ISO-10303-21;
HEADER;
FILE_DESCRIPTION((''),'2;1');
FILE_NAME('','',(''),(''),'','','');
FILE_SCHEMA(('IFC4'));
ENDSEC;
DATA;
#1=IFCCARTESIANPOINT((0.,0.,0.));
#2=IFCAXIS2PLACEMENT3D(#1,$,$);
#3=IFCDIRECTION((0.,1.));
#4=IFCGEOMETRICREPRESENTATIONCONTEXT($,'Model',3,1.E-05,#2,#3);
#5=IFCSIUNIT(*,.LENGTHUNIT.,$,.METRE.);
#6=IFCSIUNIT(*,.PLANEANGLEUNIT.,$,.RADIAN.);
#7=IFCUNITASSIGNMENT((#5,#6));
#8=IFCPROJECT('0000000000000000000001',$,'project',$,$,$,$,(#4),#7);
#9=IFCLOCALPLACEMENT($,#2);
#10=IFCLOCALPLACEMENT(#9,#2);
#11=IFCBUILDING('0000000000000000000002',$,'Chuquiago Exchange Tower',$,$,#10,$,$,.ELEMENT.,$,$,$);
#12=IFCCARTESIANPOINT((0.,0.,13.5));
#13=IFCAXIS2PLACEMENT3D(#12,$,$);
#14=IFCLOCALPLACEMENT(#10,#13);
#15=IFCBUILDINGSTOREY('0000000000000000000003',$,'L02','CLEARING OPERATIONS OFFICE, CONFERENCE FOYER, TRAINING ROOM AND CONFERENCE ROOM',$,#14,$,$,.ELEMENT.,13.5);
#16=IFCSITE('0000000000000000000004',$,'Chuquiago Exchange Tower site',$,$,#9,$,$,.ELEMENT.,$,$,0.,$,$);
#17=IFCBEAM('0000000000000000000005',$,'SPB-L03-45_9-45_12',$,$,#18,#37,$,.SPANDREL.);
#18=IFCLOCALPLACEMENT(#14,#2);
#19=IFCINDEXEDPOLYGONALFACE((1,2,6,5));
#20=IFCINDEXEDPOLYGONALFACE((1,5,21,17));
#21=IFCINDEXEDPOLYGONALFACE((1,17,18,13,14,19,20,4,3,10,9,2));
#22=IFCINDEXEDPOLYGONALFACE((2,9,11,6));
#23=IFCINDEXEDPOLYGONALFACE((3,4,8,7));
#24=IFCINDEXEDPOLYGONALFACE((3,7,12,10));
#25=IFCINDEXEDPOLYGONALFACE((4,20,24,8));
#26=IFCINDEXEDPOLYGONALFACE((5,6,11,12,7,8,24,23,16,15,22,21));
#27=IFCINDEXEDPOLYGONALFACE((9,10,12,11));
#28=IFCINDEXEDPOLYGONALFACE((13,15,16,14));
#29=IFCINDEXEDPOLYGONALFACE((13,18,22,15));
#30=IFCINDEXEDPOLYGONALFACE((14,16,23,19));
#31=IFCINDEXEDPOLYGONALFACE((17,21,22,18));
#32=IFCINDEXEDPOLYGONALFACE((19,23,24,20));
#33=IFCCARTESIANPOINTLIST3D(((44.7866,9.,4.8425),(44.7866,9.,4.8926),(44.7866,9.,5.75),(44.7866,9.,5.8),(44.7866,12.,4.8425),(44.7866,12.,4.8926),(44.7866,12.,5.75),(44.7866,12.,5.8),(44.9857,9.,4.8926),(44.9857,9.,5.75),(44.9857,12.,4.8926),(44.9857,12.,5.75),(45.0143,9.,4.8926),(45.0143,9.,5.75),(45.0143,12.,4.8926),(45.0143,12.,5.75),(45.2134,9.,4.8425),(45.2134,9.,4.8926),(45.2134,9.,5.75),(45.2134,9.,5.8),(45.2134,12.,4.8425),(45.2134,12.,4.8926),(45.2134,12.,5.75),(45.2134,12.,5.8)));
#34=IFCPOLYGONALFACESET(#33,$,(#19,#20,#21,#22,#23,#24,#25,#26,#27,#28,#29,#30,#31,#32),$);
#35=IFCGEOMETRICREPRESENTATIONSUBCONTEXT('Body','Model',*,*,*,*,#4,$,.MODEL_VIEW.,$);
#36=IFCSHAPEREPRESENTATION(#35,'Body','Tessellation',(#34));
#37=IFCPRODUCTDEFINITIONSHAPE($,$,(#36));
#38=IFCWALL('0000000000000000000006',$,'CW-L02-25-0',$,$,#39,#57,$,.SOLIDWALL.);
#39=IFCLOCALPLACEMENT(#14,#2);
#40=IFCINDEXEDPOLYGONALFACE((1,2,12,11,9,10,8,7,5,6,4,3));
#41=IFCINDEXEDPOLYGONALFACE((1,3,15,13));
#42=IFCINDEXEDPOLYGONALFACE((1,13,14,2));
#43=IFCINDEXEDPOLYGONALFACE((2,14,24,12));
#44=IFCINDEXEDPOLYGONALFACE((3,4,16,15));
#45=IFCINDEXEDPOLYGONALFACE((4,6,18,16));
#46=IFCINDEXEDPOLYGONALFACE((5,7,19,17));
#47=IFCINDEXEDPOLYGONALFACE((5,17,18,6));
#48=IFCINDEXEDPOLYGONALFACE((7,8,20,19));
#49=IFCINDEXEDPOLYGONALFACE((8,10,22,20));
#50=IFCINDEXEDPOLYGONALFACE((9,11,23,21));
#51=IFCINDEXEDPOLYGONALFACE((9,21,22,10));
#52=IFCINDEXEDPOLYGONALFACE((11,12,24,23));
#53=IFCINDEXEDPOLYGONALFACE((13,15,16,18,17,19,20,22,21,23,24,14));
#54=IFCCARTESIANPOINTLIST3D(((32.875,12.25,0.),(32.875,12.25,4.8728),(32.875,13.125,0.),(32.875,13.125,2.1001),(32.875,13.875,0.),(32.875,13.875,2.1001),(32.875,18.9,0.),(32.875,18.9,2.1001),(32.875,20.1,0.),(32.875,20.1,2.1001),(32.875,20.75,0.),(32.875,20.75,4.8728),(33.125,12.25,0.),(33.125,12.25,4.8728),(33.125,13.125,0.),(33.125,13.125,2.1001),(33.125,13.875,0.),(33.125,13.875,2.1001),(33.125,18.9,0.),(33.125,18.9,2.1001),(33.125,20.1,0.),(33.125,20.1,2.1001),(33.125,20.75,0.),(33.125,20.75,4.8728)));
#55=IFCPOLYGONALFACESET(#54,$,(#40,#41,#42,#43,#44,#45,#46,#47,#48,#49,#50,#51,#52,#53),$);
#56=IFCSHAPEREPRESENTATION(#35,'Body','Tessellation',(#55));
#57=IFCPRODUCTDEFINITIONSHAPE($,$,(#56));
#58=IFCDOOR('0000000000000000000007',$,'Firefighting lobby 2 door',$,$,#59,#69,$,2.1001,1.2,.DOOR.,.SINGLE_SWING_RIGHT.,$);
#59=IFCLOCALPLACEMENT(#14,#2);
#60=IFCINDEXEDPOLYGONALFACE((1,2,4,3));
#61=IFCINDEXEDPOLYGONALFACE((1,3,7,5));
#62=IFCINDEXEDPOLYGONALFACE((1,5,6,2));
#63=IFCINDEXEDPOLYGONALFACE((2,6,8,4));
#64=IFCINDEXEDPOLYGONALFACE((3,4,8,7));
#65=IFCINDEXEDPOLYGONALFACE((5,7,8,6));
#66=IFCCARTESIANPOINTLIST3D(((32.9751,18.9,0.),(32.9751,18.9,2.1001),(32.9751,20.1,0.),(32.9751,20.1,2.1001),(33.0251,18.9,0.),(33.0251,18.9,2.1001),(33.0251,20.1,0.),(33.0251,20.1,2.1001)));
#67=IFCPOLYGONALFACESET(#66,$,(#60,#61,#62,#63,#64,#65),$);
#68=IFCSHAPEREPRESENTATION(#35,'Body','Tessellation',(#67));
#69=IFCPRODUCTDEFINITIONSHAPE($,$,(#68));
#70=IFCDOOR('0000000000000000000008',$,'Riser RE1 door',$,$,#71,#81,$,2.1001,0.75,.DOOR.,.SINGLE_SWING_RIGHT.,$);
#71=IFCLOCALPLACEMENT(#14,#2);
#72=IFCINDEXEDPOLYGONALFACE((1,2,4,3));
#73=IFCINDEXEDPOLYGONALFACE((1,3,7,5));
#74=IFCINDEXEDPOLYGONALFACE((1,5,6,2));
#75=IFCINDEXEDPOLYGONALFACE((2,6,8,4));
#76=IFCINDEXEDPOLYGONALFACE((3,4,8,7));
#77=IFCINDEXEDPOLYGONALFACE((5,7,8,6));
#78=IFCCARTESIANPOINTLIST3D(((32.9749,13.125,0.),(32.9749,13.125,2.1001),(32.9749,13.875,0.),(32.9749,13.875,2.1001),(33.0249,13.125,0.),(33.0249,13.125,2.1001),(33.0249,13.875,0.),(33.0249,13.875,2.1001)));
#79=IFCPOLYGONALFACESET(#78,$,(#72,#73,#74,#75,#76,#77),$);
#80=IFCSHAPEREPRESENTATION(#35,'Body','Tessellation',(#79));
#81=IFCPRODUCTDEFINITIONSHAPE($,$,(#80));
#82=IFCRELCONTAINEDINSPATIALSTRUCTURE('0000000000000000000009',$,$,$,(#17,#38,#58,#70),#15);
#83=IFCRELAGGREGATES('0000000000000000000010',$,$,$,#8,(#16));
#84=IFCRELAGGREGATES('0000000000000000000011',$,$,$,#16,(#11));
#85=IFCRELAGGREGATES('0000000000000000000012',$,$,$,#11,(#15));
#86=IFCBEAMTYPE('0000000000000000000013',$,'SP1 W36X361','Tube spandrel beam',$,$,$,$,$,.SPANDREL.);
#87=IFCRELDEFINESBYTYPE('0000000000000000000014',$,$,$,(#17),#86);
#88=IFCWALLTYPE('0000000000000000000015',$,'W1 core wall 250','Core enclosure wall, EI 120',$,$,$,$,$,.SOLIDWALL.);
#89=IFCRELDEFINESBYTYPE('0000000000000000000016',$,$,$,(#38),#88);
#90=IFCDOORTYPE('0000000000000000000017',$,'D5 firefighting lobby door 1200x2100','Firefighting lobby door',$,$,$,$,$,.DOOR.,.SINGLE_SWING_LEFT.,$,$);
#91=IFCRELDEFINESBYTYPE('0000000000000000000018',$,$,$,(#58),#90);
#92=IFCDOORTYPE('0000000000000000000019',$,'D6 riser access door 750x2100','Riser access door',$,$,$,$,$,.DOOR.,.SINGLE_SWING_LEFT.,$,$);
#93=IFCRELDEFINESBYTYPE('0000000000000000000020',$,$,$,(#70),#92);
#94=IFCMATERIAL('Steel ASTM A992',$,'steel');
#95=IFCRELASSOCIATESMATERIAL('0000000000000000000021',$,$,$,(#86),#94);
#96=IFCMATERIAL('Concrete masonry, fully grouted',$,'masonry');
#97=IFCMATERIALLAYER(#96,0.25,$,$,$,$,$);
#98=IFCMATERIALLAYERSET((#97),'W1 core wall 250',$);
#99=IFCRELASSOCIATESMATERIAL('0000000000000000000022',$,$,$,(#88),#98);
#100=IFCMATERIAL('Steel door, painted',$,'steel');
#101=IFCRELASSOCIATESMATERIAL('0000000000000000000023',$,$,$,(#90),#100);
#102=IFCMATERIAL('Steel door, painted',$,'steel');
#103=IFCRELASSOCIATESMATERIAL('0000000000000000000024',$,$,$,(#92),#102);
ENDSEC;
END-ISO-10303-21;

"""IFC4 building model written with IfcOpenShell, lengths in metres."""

from ifc_helpers import new_model, si_unit, direction, frame, frame_2d, origin, origin_2d, place, context, subcontext, project, spatial, rectangle, i_section, extrude, material, layer, layer_set, material_profile, profile_set, type_object, element, fill, save


model = new_model("IFC4")

# Units and contexts
model_context = context("Model", 3, precision=1e-05, world=origin(), true_north=direction((0.0, 1.0)))
body_context = subcontext(model_context, "Body", "Model", "MODEL_VIEW")
ifc_project = project(units=[si_unit("LENGTHUNIT", "METRE"), si_unit("PLANEANGLEUNIT", "RADIAN")], contexts=[model_context])

# Site, building, storey
site_placement = place(None, origin())
site = spatial("IfcSite", under=ifc_project, at=site_placement, Name="Chuquiago Exchange Tower site", CompositionType="ELEMENT", RefElevation=0.0)
building_placement = place(site_placement, origin())
building = spatial("IfcBuilding", under=site, at=building_placement, Name="Chuquiago Exchange Tower", CompositionType="ELEMENT")
storey_placement = place(building_placement, frame((0.0, 0.0, 13.5)))
storey = spatial("IfcBuildingStorey", under=building, at=storey_placement, Name="L02", Description="CLEARING OPERATIONS OFFICE, CONFERENCE FOYER, TRAINING ROOM AND CONFERENCE ROOM", CompositionType="ELEMENT", Elevation=13.5)

# Beam
ifc_material_1 = material(Name="Steel ASTM A992", Category="steel")
ifc_material_profile_1 = material_profile(ifc_material_1, i_section(OverallWidth=0.4268, OverallDepth=0.9575, WebThickness=0.0286, FlangeThickness=0.05, at=origin_2d()), Name="W36X361")
ifc_profile_set_1 = profile_set([ifc_material_profile_1], Name="Steel ASTM A992")
beam_type_1 = type_object("IfcBeamType", Name="SP1 W36X361", Description="Tube spandrel beam", PredefinedType="SPANDREL", material=ifc_profile_set_1)
for number, where, z_axis, x_axis, name in (
    (1, (45.0, 9.0, 5.3213), (0.0, 1.0, 0.0), (-1.0, 0.0, 0.0), "SPB-L03-45_9-45_12"),
):
    element("IfcBeam", number, at=place(storey_placement, frame(where, z_axis=z_axis, x_axis=x_axis)), inside=storey, type_object=beam_type_1, Name=name, PredefinedType="SPANDREL", context=body_context, shape_type="SweptSolid", body=[
        extrude(i_section(OverallWidth=0.4268, OverallDepth=0.9575, WebThickness=0.0286, FlangeThickness=0.05, at=origin_2d()), origin(), (0.0, 0.0, 1.0), 3.0),
    ])

# Wall, openings, doors
ifc_material_2 = material(Name="Concrete masonry, fully grouted", Category="masonry")
ifc_layer = layer(ifc_material_2, 0.25)
ifc_layer_set = layer_set([ifc_layer], Name="W1 core wall 250")
wall_type = type_object("IfcWallType", Name="W1 core wall 250", Description="Core enclosure wall, EI 120", PredefinedType="SOLIDWALL", material=ifc_layer_set)
wall_placement = place(storey_placement, frame((33.0, 12.25, 0.0), z_axis=(0.0, 0.0, 1.0), x_axis=(0.0, 1.0, 0.0)))
wall = element("IfcWall", 2, at=wall_placement, inside=storey, type_object=wall_type, Name="CW-L02-25-0", PredefinedType="SOLIDWALL", context=body_context, shape_type="SweptSolid", body=[
    extrude(rectangle(XDim=8.5, YDim=0.25, at=frame_2d((4.25, 0.0))), origin(), (0.0, 0.0, 1.0), 4.8728),
])
opening_1_placement = place(wall_placement, frame((6.6499, 0.0, 0.0)))
opening_1 = element("IfcOpeningElement", 3, at=opening_1_placement, cuts=wall, PredefinedType="OPENING", context=body_context, shape_type="SweptSolid", body=[
    extrude(rectangle(XDim=1.2, YDim=2.1001, at=frame_2d((0.6001, 1.05))), frame((0.0, 0.135, 0.0), z_axis=(0.0, -1.0, 0.0), x_axis=(1.0, 0.0, 0.0)), (0.0, 0.0, 1.0), 0.27),
])
opening_2_placement = place(wall_placement, frame((0.875, 0.0, 0.0)))
opening_2 = element("IfcOpeningElement", 4, at=opening_2_placement, cuts=wall, PredefinedType="OPENING", context=body_context, shape_type="SweptSolid", body=[
    extrude(rectangle(XDim=0.75, YDim=2.1001, at=frame_2d((0.375, 1.05))), frame((0.0, 0.135, 0.0), z_axis=(0.0, -1.0, 0.0), x_axis=(1.0, 0.0, 0.0)), (0.0, 0.0, 1.0), 0.27),
])
ifc_material_3 = material(Name="Steel door, painted", Category="steel")
door_type_1 = type_object("IfcDoorType", Name="D5 firefighting lobby door 1200x2100", Description="Firefighting lobby door", OperationType="SINGLE_SWING_LEFT", PredefinedType="DOOR", material=ifc_material_3)
door_1_placement = place(opening_1_placement, origin())
door_1 = element("IfcDoor", 5, at=door_1_placement, inside=storey, type_object=door_type_1, Name="Firefighting lobby 2 door", OperationType="SINGLE_SWING_RIGHT", OverallHeight=2.1001, OverallWidth=1.2, PredefinedType="DOOR", context=body_context, shape_type="SweptSolid", body=[
    extrude(rectangle(XDim=1.2, YDim=2.1001, at=frame_2d((0.6001, 1.05))), frame((0.0, 0.0249, 0.0), z_axis=(0.0, -1.0, 0.0), x_axis=(1.0, 0.0, 0.0)), (0.0, 0.0, 1.0), 0.05),
])
fill(opening_1, door_1)
ifc_material_4 = material(Name="Steel door, painted", Category="steel")
door_type_2 = type_object("IfcDoorType", Name="D6 riser access door 750x2100", Description="Riser access door", OperationType="SINGLE_SWING_LEFT", PredefinedType="DOOR", material=ifc_material_4)
door_2_placement = place(opening_2_placement, frame((0.75, 0.0, 0.0), z_axis=(0.0, 0.0, 1.0), x_axis=(-1.0, 0.0, 0.0)))
door_2 = element("IfcDoor", 6, at=door_2_placement, inside=storey, type_object=door_type_2, Name="Riser RE1 door", OperationType="SINGLE_SWING_RIGHT", OverallHeight=2.1001, OverallWidth=0.75, PredefinedType="DOOR", context=body_context, shape_type="SweptSolid", body=[
    extrude(rectangle(XDim=0.75, YDim=2.1001, at=frame_2d((0.375, 1.05))), frame((0.0, 0.0249, 0.0), z_axis=(0.0, -1.0, 0.0), x_axis=(1.0, 0.0, 0.0)), (0.0, 0.0, 1.0), 0.05),
])
fill(opening_2, door_2)

save(model, "model.ifc")
